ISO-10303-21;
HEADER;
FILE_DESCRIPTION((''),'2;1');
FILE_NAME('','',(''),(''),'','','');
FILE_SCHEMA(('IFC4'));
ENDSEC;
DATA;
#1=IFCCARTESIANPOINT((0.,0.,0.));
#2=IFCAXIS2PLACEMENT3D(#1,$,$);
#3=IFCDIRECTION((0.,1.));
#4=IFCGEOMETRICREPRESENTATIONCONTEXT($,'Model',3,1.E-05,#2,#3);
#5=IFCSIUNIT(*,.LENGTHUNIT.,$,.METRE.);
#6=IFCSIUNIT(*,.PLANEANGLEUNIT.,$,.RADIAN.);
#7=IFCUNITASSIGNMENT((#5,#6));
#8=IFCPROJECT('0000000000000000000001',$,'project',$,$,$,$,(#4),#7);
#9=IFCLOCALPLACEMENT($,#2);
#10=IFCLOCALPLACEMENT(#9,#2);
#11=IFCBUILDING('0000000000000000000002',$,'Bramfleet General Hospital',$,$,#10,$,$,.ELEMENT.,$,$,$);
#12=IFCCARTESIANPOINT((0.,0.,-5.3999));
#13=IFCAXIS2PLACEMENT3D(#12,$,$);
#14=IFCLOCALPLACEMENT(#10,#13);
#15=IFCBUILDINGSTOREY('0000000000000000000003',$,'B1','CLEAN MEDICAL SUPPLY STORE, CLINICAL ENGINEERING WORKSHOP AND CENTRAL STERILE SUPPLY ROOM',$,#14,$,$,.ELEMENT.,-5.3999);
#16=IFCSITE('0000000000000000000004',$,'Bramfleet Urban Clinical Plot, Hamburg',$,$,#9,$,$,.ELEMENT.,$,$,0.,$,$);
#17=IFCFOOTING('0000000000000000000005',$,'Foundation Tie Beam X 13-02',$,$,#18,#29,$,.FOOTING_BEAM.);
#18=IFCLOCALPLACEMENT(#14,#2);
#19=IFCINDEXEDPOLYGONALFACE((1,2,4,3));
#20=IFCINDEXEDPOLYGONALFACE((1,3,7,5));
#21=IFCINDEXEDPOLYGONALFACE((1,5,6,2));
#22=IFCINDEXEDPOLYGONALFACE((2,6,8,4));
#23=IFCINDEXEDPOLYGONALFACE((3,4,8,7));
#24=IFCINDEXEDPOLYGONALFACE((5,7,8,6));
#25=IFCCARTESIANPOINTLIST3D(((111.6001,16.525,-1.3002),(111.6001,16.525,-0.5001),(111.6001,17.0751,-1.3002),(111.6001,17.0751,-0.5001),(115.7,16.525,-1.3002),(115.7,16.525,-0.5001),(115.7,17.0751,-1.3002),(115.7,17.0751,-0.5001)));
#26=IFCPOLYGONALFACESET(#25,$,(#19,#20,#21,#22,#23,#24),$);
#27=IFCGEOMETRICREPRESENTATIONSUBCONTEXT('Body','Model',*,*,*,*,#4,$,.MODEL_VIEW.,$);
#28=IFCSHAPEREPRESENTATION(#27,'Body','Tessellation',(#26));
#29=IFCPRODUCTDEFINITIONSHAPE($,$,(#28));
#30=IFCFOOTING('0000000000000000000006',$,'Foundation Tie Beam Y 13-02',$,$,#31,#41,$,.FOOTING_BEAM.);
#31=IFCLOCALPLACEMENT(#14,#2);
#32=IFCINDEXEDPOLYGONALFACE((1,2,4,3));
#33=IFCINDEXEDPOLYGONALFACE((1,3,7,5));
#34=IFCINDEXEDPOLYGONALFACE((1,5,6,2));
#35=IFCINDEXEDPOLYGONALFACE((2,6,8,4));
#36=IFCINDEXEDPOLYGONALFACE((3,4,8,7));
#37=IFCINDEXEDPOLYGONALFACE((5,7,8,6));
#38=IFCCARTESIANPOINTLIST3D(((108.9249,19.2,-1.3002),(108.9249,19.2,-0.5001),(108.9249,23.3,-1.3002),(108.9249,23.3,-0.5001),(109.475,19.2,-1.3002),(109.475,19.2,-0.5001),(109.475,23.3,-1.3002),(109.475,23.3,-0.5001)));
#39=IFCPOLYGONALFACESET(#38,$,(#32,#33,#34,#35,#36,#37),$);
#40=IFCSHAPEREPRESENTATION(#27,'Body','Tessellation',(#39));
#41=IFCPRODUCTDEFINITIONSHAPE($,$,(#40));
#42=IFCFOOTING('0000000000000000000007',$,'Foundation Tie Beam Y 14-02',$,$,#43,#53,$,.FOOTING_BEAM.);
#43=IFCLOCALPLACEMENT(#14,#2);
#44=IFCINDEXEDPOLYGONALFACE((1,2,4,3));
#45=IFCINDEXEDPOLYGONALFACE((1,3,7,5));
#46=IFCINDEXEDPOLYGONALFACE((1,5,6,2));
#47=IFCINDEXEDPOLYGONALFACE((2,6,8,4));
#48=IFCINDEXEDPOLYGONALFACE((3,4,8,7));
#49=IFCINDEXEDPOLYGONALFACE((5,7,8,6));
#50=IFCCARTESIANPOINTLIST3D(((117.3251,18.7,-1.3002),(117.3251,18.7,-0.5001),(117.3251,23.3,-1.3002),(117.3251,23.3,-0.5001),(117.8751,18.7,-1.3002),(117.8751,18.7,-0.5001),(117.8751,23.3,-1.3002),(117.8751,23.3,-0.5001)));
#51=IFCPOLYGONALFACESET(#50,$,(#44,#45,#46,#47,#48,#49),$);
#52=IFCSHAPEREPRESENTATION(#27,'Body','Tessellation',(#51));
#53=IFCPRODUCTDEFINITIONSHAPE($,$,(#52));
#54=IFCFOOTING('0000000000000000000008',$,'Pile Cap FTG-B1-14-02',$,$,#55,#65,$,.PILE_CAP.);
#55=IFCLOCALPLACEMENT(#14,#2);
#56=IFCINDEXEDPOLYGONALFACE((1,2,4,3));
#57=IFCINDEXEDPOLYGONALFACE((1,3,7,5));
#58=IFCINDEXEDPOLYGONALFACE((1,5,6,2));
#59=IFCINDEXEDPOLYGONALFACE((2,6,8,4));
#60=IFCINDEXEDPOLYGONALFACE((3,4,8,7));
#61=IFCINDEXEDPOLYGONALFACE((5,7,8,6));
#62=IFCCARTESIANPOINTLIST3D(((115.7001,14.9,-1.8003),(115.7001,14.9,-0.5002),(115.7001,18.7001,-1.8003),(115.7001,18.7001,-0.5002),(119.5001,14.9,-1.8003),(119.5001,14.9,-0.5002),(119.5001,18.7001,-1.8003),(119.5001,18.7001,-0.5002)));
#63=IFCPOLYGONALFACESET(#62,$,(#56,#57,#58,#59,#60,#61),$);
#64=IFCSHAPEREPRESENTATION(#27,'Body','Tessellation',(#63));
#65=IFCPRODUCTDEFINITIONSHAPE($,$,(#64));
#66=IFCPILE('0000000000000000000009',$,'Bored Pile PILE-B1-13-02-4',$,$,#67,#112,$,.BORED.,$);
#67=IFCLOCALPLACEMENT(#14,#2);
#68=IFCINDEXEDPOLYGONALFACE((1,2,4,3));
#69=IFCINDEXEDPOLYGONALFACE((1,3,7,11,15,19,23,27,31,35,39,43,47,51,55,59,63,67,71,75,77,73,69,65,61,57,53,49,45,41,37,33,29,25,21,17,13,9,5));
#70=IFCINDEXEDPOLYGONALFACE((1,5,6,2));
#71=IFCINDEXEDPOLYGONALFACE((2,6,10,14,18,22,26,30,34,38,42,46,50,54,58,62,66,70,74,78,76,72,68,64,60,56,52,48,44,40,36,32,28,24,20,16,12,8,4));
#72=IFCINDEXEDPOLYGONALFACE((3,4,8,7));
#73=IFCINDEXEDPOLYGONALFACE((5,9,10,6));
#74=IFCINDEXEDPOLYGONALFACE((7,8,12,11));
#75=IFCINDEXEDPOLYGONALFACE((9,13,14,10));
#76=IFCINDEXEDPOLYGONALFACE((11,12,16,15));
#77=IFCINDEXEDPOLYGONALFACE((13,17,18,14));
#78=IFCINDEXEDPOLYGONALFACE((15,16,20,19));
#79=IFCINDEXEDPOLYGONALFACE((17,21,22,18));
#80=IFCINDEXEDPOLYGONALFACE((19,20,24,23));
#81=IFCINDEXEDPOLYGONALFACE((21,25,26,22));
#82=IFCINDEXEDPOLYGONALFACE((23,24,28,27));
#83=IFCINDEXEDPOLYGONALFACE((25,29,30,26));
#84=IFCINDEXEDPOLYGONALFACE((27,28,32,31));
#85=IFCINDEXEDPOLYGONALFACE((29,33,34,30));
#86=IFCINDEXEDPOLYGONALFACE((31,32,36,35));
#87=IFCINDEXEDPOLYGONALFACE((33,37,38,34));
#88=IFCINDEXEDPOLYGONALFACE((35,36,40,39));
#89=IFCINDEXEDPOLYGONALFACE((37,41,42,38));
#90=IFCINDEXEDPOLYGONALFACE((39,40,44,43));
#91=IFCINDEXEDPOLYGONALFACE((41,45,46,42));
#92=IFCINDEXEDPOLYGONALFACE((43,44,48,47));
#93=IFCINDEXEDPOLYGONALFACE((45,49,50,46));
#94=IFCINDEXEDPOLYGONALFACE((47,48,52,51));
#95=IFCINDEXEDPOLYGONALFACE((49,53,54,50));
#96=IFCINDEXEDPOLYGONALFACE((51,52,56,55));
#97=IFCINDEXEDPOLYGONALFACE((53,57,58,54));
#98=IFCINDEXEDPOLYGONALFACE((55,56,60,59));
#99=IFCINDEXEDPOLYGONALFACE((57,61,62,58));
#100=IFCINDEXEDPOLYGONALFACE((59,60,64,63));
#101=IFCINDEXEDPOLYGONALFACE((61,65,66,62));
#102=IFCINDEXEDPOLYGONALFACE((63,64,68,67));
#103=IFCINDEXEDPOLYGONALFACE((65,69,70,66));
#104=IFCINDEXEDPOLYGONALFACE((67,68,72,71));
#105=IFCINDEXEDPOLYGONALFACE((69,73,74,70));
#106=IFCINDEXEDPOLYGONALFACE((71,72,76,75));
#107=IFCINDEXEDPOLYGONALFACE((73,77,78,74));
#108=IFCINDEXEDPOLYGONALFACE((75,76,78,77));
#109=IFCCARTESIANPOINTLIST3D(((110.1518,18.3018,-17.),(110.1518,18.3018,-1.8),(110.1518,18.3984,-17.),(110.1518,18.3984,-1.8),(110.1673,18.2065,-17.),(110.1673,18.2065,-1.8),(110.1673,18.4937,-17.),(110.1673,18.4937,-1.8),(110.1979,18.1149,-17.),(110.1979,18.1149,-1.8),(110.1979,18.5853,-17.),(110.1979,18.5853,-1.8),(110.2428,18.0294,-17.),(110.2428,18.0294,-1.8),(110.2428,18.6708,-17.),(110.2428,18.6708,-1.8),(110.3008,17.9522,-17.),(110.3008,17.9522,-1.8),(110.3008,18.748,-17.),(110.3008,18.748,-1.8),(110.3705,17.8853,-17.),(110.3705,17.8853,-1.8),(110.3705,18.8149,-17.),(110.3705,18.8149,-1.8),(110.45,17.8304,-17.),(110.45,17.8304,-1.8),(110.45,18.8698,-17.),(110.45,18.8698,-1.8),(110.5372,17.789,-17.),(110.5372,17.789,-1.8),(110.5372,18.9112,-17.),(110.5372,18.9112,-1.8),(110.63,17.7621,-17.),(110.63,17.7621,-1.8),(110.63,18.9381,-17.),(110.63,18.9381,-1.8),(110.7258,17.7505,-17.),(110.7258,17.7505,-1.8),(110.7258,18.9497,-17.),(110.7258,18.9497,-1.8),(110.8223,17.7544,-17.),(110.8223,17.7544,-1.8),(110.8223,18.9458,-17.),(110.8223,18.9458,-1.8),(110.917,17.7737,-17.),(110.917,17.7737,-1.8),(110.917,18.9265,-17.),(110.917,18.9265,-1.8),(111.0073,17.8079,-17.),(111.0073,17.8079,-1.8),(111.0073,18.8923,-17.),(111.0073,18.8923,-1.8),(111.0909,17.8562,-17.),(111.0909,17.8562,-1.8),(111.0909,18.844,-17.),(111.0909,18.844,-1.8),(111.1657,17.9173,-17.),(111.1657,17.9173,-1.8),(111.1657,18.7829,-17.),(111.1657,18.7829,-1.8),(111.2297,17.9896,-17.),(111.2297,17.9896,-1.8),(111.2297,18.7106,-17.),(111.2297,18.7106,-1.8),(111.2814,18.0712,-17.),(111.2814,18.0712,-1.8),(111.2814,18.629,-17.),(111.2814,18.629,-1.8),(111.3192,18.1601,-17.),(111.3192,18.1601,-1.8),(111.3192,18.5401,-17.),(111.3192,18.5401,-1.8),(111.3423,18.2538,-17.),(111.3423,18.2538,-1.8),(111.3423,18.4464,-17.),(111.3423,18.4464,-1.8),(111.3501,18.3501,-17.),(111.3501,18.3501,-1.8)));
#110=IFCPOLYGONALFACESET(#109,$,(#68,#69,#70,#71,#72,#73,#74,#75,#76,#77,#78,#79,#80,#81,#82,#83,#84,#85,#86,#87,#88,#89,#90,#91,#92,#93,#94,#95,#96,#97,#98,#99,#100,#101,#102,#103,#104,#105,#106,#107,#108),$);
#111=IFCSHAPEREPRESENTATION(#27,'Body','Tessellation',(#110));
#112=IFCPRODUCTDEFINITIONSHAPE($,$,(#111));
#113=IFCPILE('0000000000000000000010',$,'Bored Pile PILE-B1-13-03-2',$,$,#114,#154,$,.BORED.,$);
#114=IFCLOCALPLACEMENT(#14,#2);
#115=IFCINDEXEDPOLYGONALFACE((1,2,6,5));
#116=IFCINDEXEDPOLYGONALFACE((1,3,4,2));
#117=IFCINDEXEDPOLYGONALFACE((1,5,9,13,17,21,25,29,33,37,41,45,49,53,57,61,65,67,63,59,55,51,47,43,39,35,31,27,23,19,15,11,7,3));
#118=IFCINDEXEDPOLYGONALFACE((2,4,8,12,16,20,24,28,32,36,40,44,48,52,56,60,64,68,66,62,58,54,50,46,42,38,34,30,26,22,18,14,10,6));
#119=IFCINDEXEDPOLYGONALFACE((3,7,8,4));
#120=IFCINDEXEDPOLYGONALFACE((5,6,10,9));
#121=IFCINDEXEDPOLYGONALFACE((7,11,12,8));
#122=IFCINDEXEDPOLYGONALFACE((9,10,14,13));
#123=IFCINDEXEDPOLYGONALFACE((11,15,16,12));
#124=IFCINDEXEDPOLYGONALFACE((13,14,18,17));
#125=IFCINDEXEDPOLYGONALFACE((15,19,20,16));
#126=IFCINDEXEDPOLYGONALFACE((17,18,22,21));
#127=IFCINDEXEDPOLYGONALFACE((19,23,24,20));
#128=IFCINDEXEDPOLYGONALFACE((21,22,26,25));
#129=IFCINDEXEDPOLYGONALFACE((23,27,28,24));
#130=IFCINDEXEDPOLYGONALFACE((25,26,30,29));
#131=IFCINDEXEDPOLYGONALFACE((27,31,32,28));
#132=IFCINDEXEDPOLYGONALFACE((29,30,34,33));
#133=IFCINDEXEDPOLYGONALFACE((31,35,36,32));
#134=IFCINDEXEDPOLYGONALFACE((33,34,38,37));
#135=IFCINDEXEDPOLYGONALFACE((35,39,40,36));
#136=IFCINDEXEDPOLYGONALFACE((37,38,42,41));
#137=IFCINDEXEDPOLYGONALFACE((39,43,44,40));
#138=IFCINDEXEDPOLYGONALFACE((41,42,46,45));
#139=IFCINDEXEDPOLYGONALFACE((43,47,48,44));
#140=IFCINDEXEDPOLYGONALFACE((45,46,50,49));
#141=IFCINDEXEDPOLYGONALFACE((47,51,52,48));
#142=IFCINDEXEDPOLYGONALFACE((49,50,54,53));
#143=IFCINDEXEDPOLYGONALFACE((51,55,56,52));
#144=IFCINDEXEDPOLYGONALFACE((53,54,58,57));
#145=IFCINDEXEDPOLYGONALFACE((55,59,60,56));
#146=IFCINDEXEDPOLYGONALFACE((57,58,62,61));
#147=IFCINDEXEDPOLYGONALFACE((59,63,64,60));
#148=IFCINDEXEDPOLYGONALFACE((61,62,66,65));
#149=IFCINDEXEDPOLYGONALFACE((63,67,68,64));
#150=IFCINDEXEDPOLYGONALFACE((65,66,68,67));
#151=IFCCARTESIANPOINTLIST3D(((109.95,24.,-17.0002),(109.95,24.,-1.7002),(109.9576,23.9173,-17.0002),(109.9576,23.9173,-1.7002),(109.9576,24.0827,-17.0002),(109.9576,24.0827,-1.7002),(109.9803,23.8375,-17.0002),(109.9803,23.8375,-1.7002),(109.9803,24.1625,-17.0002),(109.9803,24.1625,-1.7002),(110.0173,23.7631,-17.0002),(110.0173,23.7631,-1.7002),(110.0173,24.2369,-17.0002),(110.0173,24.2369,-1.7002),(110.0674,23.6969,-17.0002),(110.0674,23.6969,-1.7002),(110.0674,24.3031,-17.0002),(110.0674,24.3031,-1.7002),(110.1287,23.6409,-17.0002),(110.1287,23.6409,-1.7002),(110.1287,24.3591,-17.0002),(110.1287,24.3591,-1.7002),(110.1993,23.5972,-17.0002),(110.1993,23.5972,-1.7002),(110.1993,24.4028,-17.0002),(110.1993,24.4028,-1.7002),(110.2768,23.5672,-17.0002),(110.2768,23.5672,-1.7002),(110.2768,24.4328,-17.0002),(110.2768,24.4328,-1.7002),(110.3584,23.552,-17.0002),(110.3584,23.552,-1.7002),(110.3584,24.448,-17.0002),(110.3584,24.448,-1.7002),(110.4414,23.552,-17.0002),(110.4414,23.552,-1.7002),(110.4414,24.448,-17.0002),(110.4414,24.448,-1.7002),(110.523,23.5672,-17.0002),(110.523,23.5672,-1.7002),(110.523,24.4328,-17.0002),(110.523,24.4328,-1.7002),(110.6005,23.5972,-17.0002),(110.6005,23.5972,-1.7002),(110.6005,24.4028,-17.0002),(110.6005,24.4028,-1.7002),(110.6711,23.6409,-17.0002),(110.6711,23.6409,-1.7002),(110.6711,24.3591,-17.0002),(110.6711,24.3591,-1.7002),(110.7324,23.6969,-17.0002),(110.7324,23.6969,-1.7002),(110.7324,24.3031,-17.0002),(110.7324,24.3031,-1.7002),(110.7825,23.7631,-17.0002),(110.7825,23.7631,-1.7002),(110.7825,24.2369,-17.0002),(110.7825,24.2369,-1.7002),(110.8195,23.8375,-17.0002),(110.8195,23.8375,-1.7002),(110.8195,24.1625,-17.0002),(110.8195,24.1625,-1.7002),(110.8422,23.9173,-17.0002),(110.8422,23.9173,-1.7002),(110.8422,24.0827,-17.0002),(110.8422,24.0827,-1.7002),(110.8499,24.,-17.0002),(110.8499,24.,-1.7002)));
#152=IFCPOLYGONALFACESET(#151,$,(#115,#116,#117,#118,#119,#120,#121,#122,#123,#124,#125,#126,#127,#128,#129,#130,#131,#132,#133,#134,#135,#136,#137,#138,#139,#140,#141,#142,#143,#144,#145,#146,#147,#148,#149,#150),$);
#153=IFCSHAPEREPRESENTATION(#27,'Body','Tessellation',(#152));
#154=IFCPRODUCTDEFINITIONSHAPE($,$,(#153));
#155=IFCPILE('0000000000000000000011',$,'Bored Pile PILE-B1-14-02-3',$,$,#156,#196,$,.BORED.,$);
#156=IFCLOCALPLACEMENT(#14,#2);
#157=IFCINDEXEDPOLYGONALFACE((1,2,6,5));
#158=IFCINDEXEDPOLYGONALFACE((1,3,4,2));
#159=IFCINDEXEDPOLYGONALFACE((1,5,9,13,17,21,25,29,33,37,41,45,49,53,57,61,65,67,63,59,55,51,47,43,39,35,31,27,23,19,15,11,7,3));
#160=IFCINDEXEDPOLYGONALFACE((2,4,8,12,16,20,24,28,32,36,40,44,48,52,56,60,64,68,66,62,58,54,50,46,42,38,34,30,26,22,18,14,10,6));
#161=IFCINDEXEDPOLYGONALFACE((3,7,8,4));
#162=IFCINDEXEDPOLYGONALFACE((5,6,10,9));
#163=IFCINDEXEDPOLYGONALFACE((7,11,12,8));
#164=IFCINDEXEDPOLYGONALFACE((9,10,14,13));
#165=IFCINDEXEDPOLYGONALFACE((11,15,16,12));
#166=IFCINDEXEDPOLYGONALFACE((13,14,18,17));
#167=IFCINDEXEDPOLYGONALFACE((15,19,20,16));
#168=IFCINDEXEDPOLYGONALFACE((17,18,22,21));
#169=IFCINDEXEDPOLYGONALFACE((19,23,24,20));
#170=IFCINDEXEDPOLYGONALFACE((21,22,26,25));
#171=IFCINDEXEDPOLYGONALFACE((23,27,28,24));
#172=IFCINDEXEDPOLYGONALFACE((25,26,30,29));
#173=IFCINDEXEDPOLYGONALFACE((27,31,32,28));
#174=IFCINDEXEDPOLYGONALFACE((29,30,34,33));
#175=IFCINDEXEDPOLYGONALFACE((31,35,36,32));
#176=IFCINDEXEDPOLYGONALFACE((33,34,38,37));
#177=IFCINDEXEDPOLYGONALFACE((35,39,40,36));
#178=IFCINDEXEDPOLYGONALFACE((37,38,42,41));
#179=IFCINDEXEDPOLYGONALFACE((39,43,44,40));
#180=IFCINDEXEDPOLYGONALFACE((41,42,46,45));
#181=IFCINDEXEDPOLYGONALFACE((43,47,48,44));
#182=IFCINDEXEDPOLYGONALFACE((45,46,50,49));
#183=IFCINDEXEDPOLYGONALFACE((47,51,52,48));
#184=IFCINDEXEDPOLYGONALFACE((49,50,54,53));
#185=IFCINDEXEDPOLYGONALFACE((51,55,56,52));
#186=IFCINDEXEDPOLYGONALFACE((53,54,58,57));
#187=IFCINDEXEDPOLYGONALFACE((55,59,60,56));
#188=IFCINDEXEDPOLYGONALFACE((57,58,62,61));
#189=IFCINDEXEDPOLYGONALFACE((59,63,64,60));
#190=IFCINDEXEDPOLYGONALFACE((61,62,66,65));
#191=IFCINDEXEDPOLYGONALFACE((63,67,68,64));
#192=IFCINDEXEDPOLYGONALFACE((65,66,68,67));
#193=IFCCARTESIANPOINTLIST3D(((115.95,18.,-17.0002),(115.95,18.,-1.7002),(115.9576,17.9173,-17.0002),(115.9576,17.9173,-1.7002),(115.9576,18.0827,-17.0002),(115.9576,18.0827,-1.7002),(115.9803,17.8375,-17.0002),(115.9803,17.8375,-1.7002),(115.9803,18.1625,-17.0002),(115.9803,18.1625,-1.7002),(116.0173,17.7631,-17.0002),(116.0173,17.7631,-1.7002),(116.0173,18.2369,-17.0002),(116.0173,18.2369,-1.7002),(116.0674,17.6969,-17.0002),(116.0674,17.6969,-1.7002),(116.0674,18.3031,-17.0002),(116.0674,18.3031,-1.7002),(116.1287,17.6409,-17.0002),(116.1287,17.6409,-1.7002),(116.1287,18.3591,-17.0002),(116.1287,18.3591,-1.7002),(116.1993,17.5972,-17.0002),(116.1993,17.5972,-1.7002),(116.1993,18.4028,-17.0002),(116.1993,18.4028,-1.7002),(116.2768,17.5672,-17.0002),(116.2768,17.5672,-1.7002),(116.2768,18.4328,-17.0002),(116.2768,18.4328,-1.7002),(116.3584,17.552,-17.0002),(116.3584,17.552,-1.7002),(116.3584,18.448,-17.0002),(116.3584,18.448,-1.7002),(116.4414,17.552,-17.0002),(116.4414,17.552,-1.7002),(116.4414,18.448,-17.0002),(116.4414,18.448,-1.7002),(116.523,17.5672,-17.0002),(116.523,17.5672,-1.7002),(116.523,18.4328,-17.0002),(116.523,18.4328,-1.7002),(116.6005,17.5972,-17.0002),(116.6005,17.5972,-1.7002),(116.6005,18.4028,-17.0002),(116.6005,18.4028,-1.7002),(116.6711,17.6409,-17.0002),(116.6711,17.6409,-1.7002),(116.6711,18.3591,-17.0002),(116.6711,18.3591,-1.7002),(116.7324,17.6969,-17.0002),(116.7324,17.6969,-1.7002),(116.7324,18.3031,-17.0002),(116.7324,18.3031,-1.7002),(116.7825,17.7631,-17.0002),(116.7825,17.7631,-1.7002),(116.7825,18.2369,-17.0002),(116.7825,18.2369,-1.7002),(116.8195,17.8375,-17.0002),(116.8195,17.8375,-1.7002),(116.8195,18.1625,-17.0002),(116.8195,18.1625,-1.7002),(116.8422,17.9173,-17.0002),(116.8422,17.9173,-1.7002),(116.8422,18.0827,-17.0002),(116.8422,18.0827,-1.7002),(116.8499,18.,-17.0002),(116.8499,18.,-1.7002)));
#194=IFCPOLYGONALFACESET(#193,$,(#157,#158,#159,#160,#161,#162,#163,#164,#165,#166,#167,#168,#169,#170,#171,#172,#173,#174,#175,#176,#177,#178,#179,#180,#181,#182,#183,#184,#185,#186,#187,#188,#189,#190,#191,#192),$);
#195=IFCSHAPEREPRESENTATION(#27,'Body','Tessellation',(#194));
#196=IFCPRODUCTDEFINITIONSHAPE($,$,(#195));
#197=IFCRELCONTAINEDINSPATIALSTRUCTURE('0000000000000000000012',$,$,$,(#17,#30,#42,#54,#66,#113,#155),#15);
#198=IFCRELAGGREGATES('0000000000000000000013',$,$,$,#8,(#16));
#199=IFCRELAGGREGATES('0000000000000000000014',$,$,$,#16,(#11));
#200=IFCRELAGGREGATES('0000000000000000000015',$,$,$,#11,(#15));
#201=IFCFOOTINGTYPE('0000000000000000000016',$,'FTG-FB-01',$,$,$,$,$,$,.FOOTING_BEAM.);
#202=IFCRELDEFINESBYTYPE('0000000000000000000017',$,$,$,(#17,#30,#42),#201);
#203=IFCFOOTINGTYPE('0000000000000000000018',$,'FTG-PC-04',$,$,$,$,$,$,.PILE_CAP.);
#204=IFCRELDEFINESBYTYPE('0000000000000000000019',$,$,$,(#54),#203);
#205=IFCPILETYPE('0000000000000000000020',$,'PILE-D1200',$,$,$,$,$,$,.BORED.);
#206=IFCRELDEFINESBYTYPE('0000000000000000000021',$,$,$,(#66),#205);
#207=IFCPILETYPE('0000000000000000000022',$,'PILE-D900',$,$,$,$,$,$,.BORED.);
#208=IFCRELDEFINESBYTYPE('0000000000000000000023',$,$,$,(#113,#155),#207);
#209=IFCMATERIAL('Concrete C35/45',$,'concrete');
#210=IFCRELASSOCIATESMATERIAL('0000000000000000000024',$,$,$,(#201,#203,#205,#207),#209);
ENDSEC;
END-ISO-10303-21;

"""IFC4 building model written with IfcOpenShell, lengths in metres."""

from ifc_helpers import new_model, si_unit, direction, frame, origin, origin_2d, place, context, subcontext, project, spatial, rectangle, circle, extrude, material, material_profile, profile_set, type_object, element, save


model = new_model("IFC4")

# Units and contexts
model_context = context("Model", 3, precision=1e-05, world=origin(), true_north=direction((0.0, 1.0)))
body_context = subcontext(model_context, "Body", "Model", "MODEL_VIEW")
ifc_project = project(units=[si_unit("LENGTHUNIT", "METRE"), si_unit("PLANEANGLEUNIT", "RADIAN")], contexts=[model_context])

# Site, building, storey
site_placement = place(None, origin())
site = spatial("IfcSite", under=ifc_project, at=site_placement, Name="Bramfleet Urban Clinical Plot, Hamburg", CompositionType="ELEMENT", RefElevation=0.0)
building_placement = place(site_placement, origin())
building = spatial("IfcBuilding", under=site, at=building_placement, Name="Bramfleet General Hospital", CompositionType="ELEMENT")
storey_placement = place(building_placement, frame((0.0, 0.0, -5.3999)))
storey = spatial("IfcBuildingStorey", under=building, at=storey_placement, Name="B1", Description="CLEAN MEDICAL SUPPLY STORE, CLINICAL ENGINEERING WORKSHOP AND CENTRAL STERILE SUPPLY ROOM", CompositionType="ELEMENT", Elevation=-5.3999)

# Footings
ifc_material_1 = material(Name="Concrete C35/45", Category="concrete")
ifc_material_profile_1 = material_profile(ifc_material_1, rectangle(XDim=0.55, YDim=0.8, at=origin_2d()), Name="RC FB 800x550")
ifc_profile_set_1 = profile_set([ifc_material_profile_1], Name="Concrete C35/45")
footing_type_1 = type_object("IfcFootingType", Name="FTG-FB-01", PredefinedType="FOOTING_BEAM", material=ifc_profile_set_1)
footing_1_placement = place(storey_placement, frame((111.6001, 16.8, -0.9001), z_axis=(1.0, 0.0, 0.0), x_axis=(0.0, 1.0, 0.0)))
element("IfcFooting", 1, at=footing_1_placement, inside=storey, type_object=footing_type_1, Name="Foundation Tie Beam X 13-02", PredefinedType="FOOTING_BEAM", context=body_context, shape_type="SweptSolid", body=[
    extrude(rectangle(XDim=0.55, YDim=0.8, at=origin_2d()), origin(), (0.0, 0.0, 1.0), 4.0999),
])
footing_2_placement = place(storey_placement, frame((109.2, 19.2, -0.9001), z_axis=(0.0, 1.0, 0.0), x_axis=(-1.0, 0.0, 0.0)))
element("IfcFooting", 2, at=footing_2_placement, inside=storey, type_object=footing_type_1, Name="Foundation Tie Beam Y 13-02", PredefinedType="FOOTING_BEAM", context=body_context, shape_type="SweptSolid", body=[
    extrude(rectangle(XDim=0.55, YDim=0.8, at=origin_2d()), origin(), (0.0, 0.0, 1.0), 4.1001),
])
footing_3_placement = place(storey_placement, frame((117.6001, 18.7, -0.9001), z_axis=(0.0, 1.0, 0.0), x_axis=(-1.0, 0.0, 0.0)))
element("IfcFooting", 3, at=footing_3_placement, inside=storey, type_object=footing_type_1, Name="Foundation Tie Beam Y 14-02", PredefinedType="FOOTING_BEAM", context=body_context, shape_type="SweptSolid", body=[
    extrude(rectangle(XDim=0.55, YDim=0.8, at=origin_2d()), origin(), (0.0, 0.0, 1.0), 4.6001),
])
footing_type_2 = type_object("IfcFootingType", Name="FTG-PC-04", PredefinedType="PILE_CAP", material=ifc_material_1)
footing_4_placement = place(storey_placement, frame((117.6001, 16.8, -1.8003), z_axis=(0.0, 0.0, 1.0), x_axis=(1.0, 0.0, 0.0)))
element("IfcFooting", 4, at=footing_4_placement, inside=storey, type_object=footing_type_2, Name="Pile Cap FTG-B1-14-02", PredefinedType="PILE_CAP", context=body_context, shape_type="SweptSolid", body=[
    extrude(rectangle(XDim=3.8, YDim=3.8, at=origin_2d()), origin(), (0.0, 0.0, 1.0), 1.3),
])

# Piles
ifc_material_profile_2 = material_profile(ifc_material_1, circle(Radius=0.6001, at=origin_2d()), Name="PILE BORED D1200")
ifc_profile_set_2 = profile_set([ifc_material_profile_2], Name="Concrete C35/45")
pile_type_1 = type_object("IfcPileType", Name="PILE-D1200", PredefinedType="BORED", material=ifc_profile_set_2)
pile_placement = place(storey_placement, frame((110.75, 18.3501, -1.8), z_axis=(0.0, 0.0, -1.0), x_axis=(1.0, 0.0, 0.0)))
element("IfcPile", 5, at=pile_placement, inside=storey, type_object=pile_type_1, Name="Bored Pile PILE-B1-13-02-4", PredefinedType="BORED", context=body_context, shape_type="SweptSolid", body=[
    extrude(circle(Radius=0.6001, at=origin_2d()), origin(), (0.0, 0.0, 1.0), 15.2),
])
ifc_material_profile_3 = material_profile(ifc_material_1, circle(Radius=0.45, at=origin_2d()), Name="PILE BORED D900")
ifc_profile_set_3 = profile_set([ifc_material_profile_3], Name="Concrete C35/45")
pile_type_2 = type_object("IfcPileType", Name="PILE-D900", PredefinedType="BORED", material=ifc_profile_set_3)
for number, where, z_axis, x_axis, name in (
    (6, (110.3999, 24.0, -1.7002), (0.0, 0.0, -1.0), (1.0, 0.0, 0.0), "Bored Pile PILE-B1-13-03-2"),
    (7, (116.3999, 18.0, -1.7002), (0.0, 0.0, -1.0), (1.0, 0.0, 0.0), "Bored Pile PILE-B1-14-02-3"),
):
    element("IfcPile", number, at=place(storey_placement, frame(where, z_axis=z_axis, x_axis=x_axis)), inside=storey, type_object=pile_type_2, Name=name, PredefinedType="BORED", context=body_context, shape_type="SweptSolid", body=[
        extrude(circle(Radius=0.45, at=origin_2d()), origin(), (0.0, 0.0, 1.0), 15.3),
    ])

save(model, "model.ifc")
